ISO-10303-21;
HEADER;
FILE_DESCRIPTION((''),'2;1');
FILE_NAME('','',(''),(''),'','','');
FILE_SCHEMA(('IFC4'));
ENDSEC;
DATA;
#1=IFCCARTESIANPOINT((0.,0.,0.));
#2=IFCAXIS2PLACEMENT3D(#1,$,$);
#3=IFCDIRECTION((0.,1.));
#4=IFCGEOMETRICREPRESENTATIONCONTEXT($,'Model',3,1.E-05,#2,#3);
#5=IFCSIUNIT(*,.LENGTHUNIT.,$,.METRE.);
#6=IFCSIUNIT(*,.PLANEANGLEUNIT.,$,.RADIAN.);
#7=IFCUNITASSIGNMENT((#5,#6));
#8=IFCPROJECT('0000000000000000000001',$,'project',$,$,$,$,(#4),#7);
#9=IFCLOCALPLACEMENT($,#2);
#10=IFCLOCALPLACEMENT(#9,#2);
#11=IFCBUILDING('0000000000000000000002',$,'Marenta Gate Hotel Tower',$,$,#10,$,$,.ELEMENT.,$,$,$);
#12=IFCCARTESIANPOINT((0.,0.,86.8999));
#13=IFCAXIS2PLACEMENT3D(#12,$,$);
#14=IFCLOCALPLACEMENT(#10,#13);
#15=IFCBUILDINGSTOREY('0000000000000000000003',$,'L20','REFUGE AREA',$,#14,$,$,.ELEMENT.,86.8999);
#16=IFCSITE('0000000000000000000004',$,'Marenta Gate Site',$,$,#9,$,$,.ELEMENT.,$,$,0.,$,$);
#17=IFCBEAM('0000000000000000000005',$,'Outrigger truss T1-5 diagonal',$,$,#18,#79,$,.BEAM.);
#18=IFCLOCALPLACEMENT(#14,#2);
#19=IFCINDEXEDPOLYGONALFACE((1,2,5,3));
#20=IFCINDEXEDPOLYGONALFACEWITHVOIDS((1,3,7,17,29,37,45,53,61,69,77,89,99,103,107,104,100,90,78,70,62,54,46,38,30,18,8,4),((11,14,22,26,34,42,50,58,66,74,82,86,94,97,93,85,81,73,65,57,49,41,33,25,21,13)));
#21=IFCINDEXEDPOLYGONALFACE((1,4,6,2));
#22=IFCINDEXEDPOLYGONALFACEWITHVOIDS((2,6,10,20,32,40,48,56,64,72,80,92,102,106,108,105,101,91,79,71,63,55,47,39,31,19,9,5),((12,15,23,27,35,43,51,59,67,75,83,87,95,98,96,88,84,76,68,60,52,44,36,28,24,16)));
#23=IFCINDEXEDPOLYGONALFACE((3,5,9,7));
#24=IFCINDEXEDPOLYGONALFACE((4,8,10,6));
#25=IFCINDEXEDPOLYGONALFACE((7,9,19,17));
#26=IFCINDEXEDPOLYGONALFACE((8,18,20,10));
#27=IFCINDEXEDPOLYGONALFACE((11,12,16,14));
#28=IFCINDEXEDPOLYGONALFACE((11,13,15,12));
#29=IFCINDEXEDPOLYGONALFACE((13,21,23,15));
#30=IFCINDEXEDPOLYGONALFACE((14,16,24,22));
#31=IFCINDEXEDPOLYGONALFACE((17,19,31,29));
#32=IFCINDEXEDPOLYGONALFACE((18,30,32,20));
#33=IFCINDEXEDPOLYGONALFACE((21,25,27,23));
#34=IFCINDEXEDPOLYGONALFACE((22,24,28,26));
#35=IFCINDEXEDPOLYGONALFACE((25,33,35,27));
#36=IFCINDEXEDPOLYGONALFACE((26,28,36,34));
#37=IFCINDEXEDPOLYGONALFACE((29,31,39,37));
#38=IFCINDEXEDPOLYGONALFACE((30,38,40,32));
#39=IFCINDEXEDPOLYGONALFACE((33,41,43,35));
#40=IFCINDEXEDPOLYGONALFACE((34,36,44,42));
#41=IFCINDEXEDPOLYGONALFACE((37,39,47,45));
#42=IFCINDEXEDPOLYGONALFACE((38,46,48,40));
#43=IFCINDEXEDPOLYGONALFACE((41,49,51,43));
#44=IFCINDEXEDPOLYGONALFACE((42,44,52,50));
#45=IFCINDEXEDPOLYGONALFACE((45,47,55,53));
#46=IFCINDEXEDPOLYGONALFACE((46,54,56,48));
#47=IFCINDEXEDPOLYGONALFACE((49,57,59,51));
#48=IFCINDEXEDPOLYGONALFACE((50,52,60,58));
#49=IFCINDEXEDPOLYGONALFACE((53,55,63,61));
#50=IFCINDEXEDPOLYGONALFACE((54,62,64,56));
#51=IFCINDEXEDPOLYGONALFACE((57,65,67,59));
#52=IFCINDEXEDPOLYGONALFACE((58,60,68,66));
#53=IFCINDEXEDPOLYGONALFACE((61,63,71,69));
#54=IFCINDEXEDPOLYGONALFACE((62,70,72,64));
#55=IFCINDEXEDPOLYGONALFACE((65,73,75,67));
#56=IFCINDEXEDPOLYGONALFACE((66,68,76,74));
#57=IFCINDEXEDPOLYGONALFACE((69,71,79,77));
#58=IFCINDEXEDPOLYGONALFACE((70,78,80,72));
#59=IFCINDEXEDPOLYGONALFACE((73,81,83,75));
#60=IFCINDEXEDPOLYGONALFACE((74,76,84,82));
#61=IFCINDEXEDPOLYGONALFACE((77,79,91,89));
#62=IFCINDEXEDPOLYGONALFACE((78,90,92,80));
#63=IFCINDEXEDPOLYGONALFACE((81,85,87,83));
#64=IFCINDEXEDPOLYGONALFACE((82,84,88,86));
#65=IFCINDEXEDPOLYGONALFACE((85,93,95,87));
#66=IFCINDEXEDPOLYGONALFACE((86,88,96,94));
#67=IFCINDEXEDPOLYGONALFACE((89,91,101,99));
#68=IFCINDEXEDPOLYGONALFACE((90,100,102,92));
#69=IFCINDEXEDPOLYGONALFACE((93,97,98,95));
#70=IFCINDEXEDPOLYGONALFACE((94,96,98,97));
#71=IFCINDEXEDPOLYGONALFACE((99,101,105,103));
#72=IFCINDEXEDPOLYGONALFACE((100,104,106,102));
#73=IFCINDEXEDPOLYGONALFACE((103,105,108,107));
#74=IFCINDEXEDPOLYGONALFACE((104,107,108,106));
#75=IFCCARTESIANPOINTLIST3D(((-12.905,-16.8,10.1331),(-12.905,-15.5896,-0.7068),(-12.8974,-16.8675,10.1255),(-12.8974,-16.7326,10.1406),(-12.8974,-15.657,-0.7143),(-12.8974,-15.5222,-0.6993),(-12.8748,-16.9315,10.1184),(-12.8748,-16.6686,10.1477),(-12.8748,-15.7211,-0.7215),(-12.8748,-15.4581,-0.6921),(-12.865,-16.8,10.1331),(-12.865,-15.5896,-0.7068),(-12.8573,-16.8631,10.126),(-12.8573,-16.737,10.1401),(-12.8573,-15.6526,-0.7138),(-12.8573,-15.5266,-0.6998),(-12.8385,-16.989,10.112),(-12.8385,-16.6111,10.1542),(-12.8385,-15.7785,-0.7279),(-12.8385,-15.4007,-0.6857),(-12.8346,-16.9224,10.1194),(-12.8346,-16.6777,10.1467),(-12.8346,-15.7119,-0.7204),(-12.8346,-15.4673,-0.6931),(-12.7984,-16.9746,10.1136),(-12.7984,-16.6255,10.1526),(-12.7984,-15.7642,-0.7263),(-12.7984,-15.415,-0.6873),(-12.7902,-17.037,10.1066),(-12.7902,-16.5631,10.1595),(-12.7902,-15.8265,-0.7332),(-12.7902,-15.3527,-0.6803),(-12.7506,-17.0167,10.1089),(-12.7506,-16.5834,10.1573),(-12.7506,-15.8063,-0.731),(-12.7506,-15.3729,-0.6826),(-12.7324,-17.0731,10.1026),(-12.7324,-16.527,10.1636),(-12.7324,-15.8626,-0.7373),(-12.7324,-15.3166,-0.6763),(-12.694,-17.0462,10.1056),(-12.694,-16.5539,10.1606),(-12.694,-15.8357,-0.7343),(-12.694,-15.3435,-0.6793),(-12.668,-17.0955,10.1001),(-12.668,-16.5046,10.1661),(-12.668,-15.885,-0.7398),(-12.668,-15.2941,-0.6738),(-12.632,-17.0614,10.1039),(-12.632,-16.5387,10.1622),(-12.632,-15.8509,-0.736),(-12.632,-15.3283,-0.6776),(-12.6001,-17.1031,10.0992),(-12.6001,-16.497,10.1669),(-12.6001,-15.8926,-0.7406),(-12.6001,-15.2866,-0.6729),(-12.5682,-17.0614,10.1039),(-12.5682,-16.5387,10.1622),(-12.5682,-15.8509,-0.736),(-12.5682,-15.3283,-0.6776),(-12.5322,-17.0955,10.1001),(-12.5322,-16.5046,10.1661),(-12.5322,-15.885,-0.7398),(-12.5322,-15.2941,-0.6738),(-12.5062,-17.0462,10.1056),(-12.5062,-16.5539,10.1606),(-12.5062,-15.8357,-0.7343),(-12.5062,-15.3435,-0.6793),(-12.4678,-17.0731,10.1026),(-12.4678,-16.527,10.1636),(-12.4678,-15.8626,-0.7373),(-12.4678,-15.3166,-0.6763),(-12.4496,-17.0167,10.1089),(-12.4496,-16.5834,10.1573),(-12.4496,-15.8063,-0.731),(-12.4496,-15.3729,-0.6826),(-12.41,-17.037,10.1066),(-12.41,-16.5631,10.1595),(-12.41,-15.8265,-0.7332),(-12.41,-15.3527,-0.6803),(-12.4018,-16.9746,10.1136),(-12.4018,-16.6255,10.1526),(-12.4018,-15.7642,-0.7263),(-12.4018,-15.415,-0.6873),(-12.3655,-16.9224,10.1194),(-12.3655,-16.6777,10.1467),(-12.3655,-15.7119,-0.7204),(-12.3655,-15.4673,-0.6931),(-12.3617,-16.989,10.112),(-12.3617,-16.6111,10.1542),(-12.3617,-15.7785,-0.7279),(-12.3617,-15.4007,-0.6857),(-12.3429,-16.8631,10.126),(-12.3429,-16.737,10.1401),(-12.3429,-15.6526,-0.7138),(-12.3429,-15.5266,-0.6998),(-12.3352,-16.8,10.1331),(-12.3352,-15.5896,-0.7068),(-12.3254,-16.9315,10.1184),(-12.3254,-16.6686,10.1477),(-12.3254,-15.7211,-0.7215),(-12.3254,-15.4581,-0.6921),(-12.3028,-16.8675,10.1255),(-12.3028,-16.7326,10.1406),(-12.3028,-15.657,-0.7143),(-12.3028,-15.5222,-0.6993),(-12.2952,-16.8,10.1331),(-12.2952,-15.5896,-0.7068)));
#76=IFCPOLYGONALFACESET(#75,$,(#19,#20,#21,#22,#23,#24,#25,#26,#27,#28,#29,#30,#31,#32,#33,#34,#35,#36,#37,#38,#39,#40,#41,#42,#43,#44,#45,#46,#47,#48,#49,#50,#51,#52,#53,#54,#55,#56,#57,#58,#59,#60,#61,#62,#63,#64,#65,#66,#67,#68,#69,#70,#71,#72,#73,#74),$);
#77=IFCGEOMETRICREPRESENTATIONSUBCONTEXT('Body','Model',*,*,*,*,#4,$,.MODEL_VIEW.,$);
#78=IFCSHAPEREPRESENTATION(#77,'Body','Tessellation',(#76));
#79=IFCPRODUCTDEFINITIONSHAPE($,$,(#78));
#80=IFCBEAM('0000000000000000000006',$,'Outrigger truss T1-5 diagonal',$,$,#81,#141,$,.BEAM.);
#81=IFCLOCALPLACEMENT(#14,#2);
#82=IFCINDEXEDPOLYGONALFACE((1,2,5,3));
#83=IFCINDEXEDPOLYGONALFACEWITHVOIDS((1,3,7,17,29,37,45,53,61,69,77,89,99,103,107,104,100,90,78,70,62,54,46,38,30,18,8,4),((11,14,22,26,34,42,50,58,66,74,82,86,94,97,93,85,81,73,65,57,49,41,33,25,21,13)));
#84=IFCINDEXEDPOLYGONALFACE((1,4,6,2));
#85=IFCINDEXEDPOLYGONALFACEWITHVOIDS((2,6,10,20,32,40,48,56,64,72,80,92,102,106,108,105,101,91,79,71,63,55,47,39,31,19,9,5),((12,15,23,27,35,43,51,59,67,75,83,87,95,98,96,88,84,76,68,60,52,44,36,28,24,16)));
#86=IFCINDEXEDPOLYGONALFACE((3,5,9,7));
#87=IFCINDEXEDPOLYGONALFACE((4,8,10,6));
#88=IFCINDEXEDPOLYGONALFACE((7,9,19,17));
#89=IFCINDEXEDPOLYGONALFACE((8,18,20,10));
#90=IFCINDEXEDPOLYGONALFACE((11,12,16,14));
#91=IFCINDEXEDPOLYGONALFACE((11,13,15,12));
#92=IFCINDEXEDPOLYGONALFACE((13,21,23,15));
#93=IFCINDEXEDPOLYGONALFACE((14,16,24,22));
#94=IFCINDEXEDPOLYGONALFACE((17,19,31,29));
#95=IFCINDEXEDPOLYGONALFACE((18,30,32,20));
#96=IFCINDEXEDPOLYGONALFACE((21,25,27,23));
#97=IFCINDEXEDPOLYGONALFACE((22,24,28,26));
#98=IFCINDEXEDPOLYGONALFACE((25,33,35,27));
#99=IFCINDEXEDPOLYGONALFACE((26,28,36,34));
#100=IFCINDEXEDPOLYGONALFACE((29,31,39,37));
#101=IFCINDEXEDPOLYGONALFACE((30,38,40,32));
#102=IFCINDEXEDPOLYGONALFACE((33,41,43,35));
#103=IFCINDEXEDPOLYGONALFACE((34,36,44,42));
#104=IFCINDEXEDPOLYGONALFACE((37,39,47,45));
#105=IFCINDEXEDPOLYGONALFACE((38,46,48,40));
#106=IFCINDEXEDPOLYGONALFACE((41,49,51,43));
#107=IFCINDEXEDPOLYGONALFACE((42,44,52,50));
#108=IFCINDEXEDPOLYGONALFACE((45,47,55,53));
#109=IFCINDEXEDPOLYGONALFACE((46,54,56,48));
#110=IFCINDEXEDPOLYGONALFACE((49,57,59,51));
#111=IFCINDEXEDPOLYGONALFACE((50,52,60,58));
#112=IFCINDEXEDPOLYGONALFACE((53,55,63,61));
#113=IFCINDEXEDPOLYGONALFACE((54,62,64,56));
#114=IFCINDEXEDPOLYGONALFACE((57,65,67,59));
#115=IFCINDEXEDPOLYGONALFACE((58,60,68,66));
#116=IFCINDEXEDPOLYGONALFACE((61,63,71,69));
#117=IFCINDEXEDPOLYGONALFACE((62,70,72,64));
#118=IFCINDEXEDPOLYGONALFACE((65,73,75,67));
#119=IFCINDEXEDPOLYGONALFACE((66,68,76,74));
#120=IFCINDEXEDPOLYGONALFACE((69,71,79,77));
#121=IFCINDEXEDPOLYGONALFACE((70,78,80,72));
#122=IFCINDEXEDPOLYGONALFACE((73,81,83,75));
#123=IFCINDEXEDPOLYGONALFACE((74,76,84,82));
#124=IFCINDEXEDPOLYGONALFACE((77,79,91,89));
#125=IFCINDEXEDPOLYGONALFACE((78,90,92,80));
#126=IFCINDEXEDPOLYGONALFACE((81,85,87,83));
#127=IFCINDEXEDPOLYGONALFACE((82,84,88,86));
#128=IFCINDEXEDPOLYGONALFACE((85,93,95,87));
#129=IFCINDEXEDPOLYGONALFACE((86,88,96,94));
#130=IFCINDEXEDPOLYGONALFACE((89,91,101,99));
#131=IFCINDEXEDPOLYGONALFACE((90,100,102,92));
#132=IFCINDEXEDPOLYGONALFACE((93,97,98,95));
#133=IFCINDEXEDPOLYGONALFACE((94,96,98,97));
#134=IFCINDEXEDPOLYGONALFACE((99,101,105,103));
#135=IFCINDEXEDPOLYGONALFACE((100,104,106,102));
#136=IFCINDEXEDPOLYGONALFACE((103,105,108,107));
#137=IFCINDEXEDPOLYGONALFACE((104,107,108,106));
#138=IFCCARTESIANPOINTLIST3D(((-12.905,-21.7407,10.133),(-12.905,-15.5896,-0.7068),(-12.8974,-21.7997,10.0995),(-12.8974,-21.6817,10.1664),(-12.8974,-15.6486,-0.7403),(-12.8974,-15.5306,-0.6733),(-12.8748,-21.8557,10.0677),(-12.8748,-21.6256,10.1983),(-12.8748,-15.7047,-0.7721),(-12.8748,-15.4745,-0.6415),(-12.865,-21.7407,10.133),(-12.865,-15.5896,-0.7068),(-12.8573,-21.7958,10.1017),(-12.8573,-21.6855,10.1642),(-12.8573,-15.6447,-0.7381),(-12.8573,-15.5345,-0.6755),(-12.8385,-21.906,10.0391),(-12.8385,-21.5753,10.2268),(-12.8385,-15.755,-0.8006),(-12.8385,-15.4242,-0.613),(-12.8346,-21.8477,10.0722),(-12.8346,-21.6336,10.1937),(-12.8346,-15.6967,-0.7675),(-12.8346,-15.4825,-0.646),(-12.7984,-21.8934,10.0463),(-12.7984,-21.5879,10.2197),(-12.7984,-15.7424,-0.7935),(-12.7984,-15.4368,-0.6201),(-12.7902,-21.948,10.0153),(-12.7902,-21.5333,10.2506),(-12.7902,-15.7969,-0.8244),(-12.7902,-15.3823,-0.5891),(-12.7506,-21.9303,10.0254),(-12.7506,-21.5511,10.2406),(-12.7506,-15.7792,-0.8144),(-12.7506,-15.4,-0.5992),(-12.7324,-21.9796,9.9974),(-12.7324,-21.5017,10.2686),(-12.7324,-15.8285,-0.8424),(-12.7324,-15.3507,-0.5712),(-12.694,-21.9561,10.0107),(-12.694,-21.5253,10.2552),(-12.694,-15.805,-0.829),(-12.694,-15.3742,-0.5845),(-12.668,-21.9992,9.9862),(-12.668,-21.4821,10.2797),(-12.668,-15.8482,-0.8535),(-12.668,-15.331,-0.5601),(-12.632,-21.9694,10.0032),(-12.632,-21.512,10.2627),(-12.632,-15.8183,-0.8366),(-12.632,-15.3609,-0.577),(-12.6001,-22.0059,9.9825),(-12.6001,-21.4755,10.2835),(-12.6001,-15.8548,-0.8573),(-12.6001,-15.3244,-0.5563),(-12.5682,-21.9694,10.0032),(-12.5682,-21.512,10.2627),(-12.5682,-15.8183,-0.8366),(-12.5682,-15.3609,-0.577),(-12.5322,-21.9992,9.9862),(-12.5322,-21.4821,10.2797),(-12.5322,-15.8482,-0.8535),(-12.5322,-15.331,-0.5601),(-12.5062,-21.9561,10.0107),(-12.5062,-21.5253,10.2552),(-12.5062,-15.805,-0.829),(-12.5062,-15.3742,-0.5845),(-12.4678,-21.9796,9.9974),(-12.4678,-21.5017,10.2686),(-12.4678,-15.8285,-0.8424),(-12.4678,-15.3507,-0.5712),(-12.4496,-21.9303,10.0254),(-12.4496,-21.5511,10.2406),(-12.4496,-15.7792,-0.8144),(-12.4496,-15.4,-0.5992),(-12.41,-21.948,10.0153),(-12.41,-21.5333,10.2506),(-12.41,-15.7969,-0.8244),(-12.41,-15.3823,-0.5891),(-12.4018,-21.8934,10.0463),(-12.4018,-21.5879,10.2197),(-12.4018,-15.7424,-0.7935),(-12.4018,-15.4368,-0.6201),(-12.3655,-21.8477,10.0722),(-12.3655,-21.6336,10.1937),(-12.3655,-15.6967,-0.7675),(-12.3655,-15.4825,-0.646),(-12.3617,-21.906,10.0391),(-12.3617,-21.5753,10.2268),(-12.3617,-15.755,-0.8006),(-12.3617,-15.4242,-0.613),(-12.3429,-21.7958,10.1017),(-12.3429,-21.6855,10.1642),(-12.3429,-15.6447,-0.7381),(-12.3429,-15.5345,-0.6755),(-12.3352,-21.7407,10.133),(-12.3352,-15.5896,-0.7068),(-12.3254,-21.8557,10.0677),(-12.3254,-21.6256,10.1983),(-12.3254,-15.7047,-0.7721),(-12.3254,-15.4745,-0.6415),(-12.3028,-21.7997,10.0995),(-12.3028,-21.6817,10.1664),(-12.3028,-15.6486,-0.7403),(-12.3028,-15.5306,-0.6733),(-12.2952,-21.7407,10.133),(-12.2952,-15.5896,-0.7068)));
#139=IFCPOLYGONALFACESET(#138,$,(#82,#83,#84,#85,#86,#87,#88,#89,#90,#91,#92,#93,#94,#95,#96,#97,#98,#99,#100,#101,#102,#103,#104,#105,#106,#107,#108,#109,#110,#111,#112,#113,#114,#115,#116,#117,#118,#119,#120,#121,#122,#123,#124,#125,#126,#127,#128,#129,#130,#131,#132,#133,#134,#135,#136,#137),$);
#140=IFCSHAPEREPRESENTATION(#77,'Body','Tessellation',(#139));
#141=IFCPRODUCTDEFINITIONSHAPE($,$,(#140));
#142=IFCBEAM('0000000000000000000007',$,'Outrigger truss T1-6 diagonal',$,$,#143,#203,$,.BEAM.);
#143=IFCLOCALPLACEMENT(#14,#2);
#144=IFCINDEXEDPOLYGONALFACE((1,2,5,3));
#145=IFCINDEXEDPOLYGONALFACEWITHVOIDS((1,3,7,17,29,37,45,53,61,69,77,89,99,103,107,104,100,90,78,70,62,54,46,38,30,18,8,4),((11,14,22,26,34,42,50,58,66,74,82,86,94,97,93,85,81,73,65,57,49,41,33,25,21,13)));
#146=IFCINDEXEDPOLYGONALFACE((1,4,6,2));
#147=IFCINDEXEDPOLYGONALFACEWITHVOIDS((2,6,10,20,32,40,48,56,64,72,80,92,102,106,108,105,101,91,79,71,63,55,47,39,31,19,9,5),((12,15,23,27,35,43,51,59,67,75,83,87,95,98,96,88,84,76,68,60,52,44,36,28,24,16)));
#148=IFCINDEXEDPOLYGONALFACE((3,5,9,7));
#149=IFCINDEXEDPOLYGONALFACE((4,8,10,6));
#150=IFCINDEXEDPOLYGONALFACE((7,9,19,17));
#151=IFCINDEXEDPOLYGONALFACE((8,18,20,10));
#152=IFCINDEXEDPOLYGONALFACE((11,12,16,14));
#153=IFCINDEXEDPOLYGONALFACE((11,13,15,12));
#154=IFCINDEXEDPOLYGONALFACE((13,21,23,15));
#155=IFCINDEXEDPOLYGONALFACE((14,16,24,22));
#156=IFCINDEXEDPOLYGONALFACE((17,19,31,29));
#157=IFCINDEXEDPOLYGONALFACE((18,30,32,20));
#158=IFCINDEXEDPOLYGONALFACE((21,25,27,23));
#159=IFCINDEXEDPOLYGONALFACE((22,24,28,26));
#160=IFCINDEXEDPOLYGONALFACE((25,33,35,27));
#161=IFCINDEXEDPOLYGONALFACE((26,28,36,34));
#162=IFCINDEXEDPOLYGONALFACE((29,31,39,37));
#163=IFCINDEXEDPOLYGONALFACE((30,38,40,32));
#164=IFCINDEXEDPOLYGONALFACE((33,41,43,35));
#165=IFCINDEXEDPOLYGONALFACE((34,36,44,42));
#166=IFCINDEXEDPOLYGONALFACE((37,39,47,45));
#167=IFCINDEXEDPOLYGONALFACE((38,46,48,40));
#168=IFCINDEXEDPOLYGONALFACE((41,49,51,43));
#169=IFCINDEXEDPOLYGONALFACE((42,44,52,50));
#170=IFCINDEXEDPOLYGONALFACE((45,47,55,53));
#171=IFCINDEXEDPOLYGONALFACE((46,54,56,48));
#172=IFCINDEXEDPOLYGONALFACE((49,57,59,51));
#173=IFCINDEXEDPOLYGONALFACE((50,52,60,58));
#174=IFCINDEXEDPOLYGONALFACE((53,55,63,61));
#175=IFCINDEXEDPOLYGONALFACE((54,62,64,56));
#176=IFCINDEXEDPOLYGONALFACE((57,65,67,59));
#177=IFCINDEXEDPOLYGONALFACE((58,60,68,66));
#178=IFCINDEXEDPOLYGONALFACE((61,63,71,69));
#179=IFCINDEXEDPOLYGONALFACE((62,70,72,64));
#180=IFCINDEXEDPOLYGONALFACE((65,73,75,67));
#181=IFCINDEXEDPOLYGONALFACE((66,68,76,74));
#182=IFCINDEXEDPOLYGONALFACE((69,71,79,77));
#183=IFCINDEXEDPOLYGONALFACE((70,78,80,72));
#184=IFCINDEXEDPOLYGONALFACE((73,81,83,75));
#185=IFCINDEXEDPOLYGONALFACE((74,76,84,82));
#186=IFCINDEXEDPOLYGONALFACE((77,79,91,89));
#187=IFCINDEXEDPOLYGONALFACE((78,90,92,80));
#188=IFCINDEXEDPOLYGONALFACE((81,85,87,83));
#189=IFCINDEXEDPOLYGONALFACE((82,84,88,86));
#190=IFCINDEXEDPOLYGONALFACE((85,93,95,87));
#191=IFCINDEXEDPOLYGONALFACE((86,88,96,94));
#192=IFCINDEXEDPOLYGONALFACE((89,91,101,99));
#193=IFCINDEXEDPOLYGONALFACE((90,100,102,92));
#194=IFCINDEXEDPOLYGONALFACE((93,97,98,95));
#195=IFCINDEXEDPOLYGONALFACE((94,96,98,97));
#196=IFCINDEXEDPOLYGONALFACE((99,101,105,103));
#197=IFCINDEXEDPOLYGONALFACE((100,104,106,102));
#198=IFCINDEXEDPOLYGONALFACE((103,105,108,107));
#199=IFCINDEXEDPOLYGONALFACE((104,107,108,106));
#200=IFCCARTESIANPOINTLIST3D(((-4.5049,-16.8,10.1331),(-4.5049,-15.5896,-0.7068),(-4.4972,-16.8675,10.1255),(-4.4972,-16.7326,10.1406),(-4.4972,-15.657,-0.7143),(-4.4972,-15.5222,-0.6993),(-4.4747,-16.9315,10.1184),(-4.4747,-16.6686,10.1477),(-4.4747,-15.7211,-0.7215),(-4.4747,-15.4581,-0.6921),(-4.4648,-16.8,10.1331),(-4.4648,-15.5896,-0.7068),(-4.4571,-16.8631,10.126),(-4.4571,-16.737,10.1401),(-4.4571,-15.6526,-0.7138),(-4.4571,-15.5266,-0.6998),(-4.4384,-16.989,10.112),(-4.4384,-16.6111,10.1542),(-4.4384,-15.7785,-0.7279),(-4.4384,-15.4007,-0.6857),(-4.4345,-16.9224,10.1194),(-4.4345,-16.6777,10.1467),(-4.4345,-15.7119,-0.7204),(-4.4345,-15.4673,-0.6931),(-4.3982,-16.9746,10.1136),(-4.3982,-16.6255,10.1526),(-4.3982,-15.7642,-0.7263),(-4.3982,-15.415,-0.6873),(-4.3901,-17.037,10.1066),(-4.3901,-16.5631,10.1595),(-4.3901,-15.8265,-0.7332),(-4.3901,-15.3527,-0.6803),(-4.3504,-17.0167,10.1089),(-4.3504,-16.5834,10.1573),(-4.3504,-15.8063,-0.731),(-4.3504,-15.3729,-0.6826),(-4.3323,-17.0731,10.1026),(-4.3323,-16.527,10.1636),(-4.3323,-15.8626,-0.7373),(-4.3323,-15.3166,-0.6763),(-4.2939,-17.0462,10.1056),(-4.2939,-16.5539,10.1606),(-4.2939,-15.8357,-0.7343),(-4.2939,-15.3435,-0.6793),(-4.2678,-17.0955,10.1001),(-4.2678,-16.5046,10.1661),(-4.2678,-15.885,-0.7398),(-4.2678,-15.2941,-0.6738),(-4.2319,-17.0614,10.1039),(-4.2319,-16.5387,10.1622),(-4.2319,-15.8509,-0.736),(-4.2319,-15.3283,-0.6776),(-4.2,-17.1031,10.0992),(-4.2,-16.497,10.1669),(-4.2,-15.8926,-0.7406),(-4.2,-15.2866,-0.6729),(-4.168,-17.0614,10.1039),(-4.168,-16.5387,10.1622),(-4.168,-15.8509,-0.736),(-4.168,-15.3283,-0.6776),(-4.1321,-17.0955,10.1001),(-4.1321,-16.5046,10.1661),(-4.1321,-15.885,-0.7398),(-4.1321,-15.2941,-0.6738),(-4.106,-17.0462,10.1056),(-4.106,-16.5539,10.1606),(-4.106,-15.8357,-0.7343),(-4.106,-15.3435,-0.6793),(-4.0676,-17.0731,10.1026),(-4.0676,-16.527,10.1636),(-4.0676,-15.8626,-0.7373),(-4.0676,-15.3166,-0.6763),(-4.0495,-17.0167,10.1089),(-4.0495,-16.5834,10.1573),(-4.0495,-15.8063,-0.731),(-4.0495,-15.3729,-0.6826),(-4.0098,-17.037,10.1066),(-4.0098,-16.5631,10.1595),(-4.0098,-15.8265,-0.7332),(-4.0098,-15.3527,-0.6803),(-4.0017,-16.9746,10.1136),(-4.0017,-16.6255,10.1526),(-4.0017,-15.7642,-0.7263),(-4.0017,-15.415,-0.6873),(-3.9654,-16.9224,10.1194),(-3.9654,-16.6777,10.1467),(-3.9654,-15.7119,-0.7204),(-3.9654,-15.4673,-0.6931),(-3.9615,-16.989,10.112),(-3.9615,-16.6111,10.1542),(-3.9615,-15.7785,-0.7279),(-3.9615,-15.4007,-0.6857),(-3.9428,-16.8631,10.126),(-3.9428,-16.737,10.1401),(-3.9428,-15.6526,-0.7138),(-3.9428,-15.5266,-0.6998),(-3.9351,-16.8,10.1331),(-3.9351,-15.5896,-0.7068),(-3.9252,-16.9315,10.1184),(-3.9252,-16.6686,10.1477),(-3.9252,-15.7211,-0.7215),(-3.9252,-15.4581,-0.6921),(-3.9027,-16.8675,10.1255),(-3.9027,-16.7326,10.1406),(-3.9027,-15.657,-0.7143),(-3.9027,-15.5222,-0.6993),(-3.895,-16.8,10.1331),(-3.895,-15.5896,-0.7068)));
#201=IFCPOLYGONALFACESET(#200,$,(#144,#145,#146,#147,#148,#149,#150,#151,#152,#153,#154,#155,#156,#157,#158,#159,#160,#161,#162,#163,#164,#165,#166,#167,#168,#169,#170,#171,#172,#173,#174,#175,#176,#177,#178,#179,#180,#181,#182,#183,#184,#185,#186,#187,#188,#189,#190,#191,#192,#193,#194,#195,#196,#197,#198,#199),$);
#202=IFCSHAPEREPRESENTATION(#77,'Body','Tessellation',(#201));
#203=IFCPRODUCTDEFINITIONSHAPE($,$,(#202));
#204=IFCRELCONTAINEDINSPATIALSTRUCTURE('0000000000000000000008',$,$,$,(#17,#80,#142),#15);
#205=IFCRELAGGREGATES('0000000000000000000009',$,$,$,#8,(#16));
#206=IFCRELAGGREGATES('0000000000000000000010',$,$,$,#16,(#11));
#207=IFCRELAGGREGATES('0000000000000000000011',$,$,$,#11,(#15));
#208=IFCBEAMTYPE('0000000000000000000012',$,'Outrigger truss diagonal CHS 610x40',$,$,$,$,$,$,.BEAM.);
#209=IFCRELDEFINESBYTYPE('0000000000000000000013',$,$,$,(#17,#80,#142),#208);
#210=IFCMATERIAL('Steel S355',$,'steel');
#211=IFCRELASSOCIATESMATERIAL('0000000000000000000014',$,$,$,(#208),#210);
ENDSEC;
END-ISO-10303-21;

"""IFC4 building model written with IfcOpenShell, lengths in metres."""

from ifc_helpers import new_model, si_unit, direction, frame, origin, origin_2d, place, context, subcontext, project, spatial, hollow_circle, extrude, material, material_profile, profile_set, type_object, element, save


model = new_model("IFC4")

# Units and contexts
model_context = context("Model", 3, precision=1e-05, world=origin(), true_north=direction((0.0, 1.0)))
body_context = subcontext(model_context, "Body", "Model", "MODEL_VIEW")
ifc_project = project(units=[si_unit("LENGTHUNIT", "METRE"), si_unit("PLANEANGLEUNIT", "RADIAN")], contexts=[model_context])

# Site, building, storey
site_placement = place(None, origin())
site = spatial("IfcSite", under=ifc_project, at=site_placement, Name="Marenta Gate Site", CompositionType="ELEMENT", RefElevation=0.0)
building_placement = place(site_placement, origin())
building = spatial("IfcBuilding", under=site, at=building_placement, Name="Marenta Gate Hotel Tower", CompositionType="ELEMENT")
storey_placement = place(building_placement, frame((0.0, 0.0, 86.8999)))
storey = spatial("IfcBuildingStorey", under=building, at=storey_placement, Name="L20", Description="REFUGE AREA", CompositionType="ELEMENT", Elevation=86.8999)

# Beams
ifc_material_1 = material(Name="Steel S355", Category="steel")
ifc_material_profile_1 = material_profile(ifc_material_1, hollow_circle(Radius=0.3049, WallThickness=0.04, at=origin_2d()), Name="CHS 610x40")
ifc_profile_set_1 = profile_set([ifc_material_profile_1], Name="Steel S355")
beam_type_1 = type_object("IfcBeamType", Name="Outrigger truss diagonal CHS 610x40", PredefinedType="BEAM", material=ifc_profile_set_1)
beam_1_placement = place(storey_placement, frame((-12.6001, -15.5896, -0.7068), z_axis=(0.0, -0.110977, 0.993823), x_axis=(1.0, 0.0, 0.0)))
element("IfcBeam", 1, at=beam_1_placement, inside=storey, type_object=beam_type_1, Name="Outrigger truss T1-5 diagonal", PredefinedType="BEAM", context=body_context, shape_type="SweptSolid", body=[
    extrude(hollow_circle(Radius=0.3049, WallThickness=0.04, at=origin_2d()), origin(), (0.0, 0.0, 1.0), 10.9072),
])
beam_2_placement = place(storey_placement, frame((-12.6001, -15.5896, -0.7068), z_axis=(0.0, -0.493531, 0.869728), x_axis=(1.0, 0.0, 0.0)))
element("IfcBeam", 2, at=beam_2_placement, inside=storey, type_object=beam_type_1, Name="Outrigger truss T1-5 diagonal", PredefinedType="BEAM", context=body_context, shape_type="SweptSolid", body=[
    extrude(hollow_circle(Radius=0.3049, WallThickness=0.04, at=origin_2d()), origin(), (0.0, 0.0, 1.0), 12.4634),
])
beam_3_placement = place(storey_placement, frame((-4.2, -15.5896, -0.7068), z_axis=(0.0, -0.110977, 0.993823), x_axis=(1.0, 0.0, 0.0)))
element("IfcBeam", 3, at=beam_3_placement, inside=storey, type_object=beam_type_1, Name="Outrigger truss T1-6 diagonal", PredefinedType="BEAM", context=body_context, shape_type="SweptSolid", body=[
    extrude(hollow_circle(Radius=0.3049, WallThickness=0.04, at=origin_2d()), origin(), (0.0, 0.0, 1.0), 10.9072),
])

save(model, "model.ifc")
